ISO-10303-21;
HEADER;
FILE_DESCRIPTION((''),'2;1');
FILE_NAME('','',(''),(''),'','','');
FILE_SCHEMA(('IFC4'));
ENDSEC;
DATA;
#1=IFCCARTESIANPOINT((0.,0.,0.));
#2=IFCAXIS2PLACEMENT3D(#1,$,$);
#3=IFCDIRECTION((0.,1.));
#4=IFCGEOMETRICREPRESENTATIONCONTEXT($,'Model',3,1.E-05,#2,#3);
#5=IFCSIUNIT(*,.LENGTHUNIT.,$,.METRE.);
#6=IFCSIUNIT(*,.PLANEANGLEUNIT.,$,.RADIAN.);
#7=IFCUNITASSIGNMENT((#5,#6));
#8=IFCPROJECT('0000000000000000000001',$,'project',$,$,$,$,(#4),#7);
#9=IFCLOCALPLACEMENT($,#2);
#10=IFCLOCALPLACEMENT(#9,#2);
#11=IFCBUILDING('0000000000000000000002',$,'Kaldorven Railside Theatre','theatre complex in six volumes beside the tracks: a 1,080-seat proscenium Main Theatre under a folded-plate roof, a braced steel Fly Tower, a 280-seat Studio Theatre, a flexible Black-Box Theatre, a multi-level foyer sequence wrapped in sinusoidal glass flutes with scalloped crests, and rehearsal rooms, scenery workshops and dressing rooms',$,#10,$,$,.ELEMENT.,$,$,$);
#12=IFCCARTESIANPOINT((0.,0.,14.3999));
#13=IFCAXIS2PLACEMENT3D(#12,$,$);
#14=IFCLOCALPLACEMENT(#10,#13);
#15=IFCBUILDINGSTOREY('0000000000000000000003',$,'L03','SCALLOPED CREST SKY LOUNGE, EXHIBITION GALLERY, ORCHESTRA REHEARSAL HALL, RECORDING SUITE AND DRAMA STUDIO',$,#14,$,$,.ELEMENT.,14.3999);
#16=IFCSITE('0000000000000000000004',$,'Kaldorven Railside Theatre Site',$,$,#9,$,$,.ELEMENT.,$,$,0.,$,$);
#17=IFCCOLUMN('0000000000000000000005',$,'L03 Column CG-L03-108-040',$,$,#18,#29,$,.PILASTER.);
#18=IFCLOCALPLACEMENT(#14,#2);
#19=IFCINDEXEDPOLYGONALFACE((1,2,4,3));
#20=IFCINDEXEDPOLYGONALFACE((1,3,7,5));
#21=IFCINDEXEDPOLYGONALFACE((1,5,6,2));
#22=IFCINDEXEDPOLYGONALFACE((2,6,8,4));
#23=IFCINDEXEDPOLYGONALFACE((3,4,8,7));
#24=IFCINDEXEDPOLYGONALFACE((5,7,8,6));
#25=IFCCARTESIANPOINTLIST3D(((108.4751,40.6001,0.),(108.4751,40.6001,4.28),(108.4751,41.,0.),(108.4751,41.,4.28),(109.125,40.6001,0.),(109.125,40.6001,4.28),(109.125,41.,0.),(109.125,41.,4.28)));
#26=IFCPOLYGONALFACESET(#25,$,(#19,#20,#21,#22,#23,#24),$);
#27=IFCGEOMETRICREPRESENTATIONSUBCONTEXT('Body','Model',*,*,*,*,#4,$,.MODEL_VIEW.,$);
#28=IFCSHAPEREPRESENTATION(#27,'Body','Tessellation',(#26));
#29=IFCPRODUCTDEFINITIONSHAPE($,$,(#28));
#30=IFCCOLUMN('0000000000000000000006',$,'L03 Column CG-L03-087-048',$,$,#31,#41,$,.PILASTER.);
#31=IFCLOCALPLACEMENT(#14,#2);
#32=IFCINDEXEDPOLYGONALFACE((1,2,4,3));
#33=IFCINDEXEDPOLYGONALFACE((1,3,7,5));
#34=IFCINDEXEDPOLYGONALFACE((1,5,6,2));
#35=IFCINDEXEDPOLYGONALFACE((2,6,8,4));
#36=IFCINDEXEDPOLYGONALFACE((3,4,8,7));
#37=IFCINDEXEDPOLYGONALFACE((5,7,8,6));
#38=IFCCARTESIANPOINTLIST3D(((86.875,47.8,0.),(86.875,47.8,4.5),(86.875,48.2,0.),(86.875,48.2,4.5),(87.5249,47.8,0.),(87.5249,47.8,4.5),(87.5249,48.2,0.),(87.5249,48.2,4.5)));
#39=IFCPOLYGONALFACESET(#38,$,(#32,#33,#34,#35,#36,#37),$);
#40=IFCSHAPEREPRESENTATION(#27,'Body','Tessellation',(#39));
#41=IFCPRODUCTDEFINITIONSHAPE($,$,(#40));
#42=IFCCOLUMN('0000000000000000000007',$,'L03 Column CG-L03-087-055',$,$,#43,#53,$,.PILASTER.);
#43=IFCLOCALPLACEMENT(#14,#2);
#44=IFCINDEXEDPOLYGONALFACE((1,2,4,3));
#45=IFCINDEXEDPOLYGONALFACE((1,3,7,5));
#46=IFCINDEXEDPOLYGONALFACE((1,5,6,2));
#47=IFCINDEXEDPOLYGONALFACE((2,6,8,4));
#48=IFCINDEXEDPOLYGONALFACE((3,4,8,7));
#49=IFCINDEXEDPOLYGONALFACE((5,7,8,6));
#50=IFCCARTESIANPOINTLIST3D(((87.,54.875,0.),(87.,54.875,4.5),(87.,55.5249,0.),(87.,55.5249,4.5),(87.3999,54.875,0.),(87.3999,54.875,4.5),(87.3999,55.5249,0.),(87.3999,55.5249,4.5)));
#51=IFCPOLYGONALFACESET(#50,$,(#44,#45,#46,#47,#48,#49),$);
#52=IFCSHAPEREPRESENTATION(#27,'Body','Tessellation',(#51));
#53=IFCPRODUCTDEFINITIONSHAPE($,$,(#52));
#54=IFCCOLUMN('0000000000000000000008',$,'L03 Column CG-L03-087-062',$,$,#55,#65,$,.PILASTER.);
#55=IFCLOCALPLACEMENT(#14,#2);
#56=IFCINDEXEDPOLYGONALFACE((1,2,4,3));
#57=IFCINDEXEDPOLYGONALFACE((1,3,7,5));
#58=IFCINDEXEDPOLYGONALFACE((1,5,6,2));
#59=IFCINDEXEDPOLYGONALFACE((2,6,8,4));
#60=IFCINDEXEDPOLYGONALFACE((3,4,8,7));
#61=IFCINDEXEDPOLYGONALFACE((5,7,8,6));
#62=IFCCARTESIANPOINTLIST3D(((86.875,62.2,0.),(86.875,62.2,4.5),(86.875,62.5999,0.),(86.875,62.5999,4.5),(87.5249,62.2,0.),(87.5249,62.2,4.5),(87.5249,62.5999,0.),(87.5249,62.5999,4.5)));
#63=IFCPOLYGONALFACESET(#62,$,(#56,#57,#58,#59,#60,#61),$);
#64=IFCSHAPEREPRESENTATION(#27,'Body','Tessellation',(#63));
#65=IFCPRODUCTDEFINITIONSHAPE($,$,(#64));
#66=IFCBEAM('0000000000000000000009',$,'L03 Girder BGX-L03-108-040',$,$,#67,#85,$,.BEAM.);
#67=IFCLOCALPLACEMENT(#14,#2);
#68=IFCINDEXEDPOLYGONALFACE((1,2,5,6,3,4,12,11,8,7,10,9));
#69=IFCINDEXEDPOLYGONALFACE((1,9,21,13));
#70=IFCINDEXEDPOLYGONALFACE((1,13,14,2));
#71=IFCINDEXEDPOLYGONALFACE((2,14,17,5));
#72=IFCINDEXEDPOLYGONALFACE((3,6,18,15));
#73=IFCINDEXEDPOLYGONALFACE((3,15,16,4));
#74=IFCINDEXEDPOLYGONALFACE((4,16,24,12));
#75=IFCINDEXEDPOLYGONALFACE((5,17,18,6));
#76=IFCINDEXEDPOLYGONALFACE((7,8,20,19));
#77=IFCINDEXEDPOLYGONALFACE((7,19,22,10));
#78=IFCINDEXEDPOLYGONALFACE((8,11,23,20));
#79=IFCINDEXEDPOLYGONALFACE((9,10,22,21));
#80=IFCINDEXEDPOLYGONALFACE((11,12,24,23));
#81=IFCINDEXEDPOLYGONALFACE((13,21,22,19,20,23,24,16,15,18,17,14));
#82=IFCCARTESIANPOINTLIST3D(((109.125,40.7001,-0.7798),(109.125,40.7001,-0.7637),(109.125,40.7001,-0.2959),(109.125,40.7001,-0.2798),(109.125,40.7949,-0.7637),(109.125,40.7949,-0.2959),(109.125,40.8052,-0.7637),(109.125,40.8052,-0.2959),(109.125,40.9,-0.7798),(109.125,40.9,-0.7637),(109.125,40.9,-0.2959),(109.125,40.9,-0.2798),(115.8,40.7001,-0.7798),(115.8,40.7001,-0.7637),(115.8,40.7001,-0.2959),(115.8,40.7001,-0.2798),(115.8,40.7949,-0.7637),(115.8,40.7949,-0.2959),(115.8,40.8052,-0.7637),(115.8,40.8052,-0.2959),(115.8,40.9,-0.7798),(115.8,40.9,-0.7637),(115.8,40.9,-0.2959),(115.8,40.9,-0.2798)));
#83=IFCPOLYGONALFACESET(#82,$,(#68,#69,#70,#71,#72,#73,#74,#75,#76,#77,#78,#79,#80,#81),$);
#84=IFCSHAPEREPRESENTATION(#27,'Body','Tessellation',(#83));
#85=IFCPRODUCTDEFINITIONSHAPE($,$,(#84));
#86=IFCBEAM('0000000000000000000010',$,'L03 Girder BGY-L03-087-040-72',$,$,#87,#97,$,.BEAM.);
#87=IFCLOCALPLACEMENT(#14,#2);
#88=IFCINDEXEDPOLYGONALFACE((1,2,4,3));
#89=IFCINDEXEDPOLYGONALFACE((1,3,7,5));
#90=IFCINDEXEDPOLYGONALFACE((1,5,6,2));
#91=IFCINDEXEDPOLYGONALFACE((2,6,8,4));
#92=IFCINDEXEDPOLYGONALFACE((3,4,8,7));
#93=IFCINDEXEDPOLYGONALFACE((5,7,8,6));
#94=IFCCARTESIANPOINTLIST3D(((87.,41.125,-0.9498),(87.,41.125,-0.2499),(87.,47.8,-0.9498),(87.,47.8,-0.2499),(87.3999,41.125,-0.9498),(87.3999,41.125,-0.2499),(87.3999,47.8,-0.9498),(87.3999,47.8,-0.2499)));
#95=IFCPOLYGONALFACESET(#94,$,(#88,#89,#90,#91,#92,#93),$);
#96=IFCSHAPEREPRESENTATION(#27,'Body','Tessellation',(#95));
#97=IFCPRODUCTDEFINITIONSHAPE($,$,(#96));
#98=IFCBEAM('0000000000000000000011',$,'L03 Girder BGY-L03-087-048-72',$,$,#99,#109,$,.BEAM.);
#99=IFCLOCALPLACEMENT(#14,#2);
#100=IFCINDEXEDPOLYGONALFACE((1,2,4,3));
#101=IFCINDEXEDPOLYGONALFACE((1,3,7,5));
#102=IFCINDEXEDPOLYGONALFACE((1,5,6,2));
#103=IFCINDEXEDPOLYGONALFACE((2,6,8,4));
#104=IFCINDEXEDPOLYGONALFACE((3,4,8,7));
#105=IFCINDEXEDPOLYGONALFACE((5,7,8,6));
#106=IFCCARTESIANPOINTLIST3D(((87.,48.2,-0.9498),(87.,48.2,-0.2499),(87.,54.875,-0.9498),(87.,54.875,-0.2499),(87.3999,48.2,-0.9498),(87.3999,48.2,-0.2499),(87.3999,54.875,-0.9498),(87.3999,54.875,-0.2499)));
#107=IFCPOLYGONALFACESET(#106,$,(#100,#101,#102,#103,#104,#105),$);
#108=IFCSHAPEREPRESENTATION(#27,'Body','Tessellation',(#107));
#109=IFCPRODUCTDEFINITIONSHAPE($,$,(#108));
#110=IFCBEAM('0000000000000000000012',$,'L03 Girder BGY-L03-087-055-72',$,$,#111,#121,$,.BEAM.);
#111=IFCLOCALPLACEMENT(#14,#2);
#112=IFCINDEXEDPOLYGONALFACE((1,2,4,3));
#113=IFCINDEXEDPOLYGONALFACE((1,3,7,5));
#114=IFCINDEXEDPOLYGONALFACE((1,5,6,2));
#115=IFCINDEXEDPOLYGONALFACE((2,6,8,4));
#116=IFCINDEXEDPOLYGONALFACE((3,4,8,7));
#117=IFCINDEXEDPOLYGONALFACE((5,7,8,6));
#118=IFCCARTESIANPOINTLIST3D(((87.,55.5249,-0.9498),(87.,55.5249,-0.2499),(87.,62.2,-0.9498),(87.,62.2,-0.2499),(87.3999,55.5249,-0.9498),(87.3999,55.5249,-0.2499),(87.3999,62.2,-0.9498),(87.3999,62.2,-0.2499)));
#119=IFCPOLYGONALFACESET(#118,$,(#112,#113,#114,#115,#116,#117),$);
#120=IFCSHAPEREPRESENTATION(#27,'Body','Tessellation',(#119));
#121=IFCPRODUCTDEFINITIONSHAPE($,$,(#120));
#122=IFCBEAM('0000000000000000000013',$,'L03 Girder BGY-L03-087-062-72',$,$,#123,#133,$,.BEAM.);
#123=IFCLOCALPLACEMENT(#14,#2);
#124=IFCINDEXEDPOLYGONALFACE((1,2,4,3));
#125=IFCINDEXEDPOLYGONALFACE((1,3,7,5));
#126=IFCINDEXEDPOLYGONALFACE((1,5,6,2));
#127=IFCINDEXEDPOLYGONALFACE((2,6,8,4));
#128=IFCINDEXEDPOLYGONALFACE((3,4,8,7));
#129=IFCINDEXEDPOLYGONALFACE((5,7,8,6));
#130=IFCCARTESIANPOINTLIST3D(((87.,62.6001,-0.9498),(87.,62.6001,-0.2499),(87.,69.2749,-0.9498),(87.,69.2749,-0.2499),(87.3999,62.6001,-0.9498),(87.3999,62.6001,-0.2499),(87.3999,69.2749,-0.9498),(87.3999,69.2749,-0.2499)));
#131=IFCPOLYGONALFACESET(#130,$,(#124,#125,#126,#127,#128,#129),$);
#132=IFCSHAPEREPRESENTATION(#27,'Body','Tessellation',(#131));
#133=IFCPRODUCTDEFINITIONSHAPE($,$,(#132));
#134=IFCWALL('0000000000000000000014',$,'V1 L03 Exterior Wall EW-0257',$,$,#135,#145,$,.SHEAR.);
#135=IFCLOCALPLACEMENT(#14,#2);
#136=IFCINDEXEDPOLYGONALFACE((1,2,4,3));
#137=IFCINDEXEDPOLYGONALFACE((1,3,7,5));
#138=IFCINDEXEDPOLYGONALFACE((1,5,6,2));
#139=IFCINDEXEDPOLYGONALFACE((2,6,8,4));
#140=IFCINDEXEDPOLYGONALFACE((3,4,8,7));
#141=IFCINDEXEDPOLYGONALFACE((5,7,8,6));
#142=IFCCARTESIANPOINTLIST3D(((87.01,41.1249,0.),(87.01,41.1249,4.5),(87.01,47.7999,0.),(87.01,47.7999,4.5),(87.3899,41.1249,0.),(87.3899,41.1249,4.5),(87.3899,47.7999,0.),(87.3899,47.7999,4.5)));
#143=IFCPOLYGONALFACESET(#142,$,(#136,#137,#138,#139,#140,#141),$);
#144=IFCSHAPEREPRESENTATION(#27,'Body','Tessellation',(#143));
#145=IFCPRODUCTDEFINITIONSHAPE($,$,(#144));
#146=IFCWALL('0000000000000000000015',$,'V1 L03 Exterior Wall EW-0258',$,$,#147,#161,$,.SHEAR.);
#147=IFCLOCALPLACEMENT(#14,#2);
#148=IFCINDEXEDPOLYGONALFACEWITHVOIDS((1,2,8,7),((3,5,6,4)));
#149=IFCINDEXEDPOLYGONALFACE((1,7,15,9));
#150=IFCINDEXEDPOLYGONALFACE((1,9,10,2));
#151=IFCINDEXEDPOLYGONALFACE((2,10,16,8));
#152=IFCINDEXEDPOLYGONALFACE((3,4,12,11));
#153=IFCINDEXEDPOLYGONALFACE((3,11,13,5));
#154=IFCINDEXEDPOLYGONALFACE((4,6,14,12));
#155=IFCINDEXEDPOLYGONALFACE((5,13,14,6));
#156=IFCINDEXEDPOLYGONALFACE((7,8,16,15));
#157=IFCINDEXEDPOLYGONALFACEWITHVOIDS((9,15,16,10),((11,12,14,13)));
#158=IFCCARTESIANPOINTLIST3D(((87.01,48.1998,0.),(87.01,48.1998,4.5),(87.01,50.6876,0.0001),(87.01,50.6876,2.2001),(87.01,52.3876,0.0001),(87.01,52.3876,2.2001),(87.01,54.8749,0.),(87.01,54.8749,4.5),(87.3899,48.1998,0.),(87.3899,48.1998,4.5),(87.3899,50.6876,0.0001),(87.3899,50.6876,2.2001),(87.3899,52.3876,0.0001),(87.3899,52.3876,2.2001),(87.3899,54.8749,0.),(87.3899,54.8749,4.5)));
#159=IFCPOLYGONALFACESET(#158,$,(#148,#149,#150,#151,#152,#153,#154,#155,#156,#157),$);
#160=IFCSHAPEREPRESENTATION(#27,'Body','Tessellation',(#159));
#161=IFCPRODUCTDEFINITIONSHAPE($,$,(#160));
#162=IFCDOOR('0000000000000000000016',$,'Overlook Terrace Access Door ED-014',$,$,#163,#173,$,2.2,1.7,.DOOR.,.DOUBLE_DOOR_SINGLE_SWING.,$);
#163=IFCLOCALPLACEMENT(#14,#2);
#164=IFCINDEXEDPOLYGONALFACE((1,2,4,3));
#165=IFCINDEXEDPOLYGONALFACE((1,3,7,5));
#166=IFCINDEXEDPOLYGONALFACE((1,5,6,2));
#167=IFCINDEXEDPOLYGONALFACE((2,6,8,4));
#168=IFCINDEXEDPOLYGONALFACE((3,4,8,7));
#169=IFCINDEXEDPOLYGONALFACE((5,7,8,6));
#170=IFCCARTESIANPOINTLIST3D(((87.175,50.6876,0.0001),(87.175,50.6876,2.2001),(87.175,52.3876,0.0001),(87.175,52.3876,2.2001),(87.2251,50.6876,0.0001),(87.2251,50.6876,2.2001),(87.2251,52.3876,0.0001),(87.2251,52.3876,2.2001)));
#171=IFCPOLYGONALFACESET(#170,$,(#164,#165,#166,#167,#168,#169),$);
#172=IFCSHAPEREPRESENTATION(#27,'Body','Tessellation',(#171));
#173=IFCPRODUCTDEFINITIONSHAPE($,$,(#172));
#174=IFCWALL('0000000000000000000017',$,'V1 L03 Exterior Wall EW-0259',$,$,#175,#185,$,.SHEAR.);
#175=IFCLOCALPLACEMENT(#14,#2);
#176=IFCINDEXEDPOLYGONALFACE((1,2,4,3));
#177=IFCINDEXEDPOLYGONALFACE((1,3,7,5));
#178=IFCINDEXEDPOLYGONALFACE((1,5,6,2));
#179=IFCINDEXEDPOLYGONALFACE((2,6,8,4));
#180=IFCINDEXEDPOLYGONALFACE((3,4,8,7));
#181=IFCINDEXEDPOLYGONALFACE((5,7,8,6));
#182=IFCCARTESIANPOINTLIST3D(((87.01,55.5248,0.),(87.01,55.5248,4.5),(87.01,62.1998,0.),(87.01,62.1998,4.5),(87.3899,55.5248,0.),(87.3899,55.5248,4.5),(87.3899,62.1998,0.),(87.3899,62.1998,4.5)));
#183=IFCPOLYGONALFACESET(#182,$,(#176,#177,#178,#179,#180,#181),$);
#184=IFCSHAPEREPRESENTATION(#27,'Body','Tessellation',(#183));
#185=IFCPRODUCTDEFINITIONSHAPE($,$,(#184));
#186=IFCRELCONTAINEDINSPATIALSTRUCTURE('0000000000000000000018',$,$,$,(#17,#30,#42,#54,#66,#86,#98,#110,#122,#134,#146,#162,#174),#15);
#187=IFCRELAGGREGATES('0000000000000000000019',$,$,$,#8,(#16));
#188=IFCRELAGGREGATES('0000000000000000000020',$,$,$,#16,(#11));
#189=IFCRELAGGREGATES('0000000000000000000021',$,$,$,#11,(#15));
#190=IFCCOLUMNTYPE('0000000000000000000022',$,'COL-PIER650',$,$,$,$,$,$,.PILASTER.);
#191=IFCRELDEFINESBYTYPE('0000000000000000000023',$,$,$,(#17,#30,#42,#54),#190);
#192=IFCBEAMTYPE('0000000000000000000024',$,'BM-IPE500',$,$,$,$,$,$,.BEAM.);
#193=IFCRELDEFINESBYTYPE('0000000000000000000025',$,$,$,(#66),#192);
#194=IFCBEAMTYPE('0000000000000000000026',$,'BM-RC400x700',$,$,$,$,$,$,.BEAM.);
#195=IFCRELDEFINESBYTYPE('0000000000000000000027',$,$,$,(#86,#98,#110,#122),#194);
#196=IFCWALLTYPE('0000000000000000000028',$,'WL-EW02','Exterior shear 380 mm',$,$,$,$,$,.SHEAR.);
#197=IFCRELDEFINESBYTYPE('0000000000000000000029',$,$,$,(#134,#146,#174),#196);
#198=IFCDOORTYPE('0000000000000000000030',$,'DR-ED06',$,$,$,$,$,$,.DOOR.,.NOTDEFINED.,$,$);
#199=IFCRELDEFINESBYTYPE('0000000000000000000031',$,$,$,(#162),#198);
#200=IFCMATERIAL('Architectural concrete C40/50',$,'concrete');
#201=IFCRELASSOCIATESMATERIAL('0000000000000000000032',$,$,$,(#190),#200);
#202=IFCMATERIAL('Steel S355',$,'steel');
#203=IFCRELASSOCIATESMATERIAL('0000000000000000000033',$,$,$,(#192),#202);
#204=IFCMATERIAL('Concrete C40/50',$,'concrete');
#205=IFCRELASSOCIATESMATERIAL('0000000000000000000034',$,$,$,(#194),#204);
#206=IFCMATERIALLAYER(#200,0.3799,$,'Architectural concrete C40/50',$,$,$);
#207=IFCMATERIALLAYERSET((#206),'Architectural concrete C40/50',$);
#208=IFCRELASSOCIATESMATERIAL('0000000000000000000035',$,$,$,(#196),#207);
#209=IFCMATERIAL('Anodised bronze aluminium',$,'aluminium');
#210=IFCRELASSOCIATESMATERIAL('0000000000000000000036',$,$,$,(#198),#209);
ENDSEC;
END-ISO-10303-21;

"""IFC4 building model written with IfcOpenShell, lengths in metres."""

from ifc_helpers import new_model, si_unit, direction, frame, frame_2d, origin, origin_2d, place, context, subcontext, project, spatial, rectangle, i_section, extrude, material, layer, layer_set, material_profile, profile_set, type_object, element, fill, save


model = new_model("IFC4")

# Units and contexts
model_context = context("Model", 3, precision=1e-05, world=origin(), true_north=direction((0.0, 1.0)))
body_context = subcontext(model_context, "Body", "Model", "MODEL_VIEW")
ifc_project = project(units=[si_unit("LENGTHUNIT", "METRE"), si_unit("PLANEANGLEUNIT", "RADIAN")], contexts=[model_context])

# Site, building, storey
site_placement = place(None, origin())
site = spatial("IfcSite", under=ifc_project, at=site_placement, Name="Kaldorven Railside Theatre Site", CompositionType="ELEMENT", RefElevation=0.0)
building_placement = place(site_placement, origin())
building = spatial("IfcBuilding", under=site, at=building_placement, Name="Kaldorven Railside Theatre", Description="theatre complex in six volumes beside the tracks: a 1,080-seat proscenium Main Theatre under a folded-plate roof, a braced steel Fly Tower, a 280-seat Studio Theatre, a flexible Black-Box Theatre, a multi-level foyer sequence wrapped in sinusoidal glass flutes with scalloped crests, and rehearsal rooms, scenery workshops and dressing rooms", CompositionType="ELEMENT")
storey_placement = place(building_placement, frame((0.0, 0.0, 14.3999)))
storey = spatial("IfcBuildingStorey", under=building, at=storey_placement, Name="L03", Description="SCALLOPED CREST SKY LOUNGE, EXHIBITION GALLERY, ORCHESTRA REHEARSAL HALL, RECORDING SUITE AND DRAMA STUDIO", CompositionType="ELEMENT", Elevation=14.3999)

# Columns
ifc_material_1 = material(Name="Architectural concrete C40/50", Category="concrete")
ifc_material_profile_1 = material_profile(ifc_material_1, rectangle(XDim=0.3999, YDim=0.6499, at=origin_2d()), Name="RC 400x650")
ifc_profile_set_1 = profile_set([ifc_material_profile_1], Name="Architectural concrete C40/50")
column_type = type_object("IfcColumnType", Name="COL-PIER650", PredefinedType="PILASTER", material=ifc_profile_set_1)
column_placement = place(storey_placement, frame((108.8, 40.8, 0.0), z_axis=(0.0, 0.0, 1.0), x_axis=(0.0, 1.0, 0.0)))
element("IfcColumn", 1, at=column_placement, inside=storey, type_object=column_type, Name="L03 Column CG-L03-108-040", PredefinedType="PILASTER", context=body_context, shape_type="SweptSolid", body=[
    extrude(rectangle(XDim=0.3999, YDim=0.6499, at=origin_2d()), origin(), (0.0, 0.0, 1.0), 4.28),
])
for number, where, z_axis, x_axis, name in (
    (2, (87.2, 48.0, 0.0), (0.0, 0.0, 1.0), (0.0, 1.0, 0.0), "L03 Column CG-L03-087-048"),
    (3, (87.2, 55.2, 0.0), (0.0, 0.0, 1.0), (1.0, 0.0, 0.0), "L03 Column CG-L03-087-055"),
    (4, (87.2, 62.3999, 0.0), (0.0, 0.0, 1.0), (0.0, 1.0, 0.0), "L03 Column CG-L03-087-062"),
):
    element("IfcColumn", number, at=place(storey_placement, frame(where, z_axis=z_axis, x_axis=x_axis)), inside=storey, type_object=column_type, Name=name, PredefinedType="PILASTER", context=body_context, shape_type="SweptSolid", body=[
        extrude(rectangle(XDim=0.3999, YDim=0.6499, at=origin_2d()), origin(), (0.0, 0.0, 1.0), 4.5),
    ])

# Beams
ifc_material_2 = material(Name="Steel S355", Category="steel")
ifc_material_profile_2 = material_profile(ifc_material_2, i_section(OverallWidth=0.2, OverallDepth=0.5, WebThickness=0.0103, FlangeThickness=0.0161, at=origin_2d()), Name="IPE 500")
ifc_profile_set_2 = profile_set([ifc_material_profile_2], Name="Steel S355")
beam_type_1 = type_object("IfcBeamType", Name="BM-IPE500", PredefinedType="BEAM", material=ifc_profile_set_2)
beam_1_placement = place(storey_placement, frame((109.125, 40.8, -0.5298), z_axis=(1.0, 0.0, 0.0), x_axis=(0.0, 1.0, 0.0)))
element("IfcBeam", 5, at=beam_1_placement, inside=storey, type_object=beam_type_1, Name="L03 Girder BGX-L03-108-040", PredefinedType="BEAM", context=body_context, shape_type="SweptSolid", body=[
    extrude(i_section(OverallWidth=0.2, OverallDepth=0.5, WebThickness=0.0103, FlangeThickness=0.0161, at=origin_2d()), origin(), (0.0, 0.0, 1.0), 6.675),
])
ifc_material_3 = material(Name="Concrete C40/50", Category="concrete")
ifc_material_profile_3 = material_profile(ifc_material_3, rectangle(XDim=0.3999, YDim=0.7, at=origin_2d()), Name="RC 400x700")
ifc_profile_set_3 = profile_set([ifc_material_profile_3], Name="Concrete C40/50")
beam_type_2 = type_object("IfcBeamType", Name="BM-RC400x700", PredefinedType="BEAM", material=ifc_profile_set_3)
for number, where, z_axis, x_axis, name in (
    (6, (87.2, 41.125, -0.5999), (0.0, 1.0, 0.0), (-1.0, 0.0, 0.0), "L03 Girder BGY-L03-087-040-72"),
    (7, (87.2, 48.2, -0.5999), (0.0, 1.0, 0.0), (-1.0, 0.0, 0.0), "L03 Girder BGY-L03-087-048-72"),
    (8, (87.2, 55.5249, -0.5999), (0.0, 1.0, 0.0), (-1.0, 0.0, 0.0), "L03 Girder BGY-L03-087-055-72"),
):
    element("IfcBeam", number, at=place(storey_placement, frame(where, z_axis=z_axis, x_axis=x_axis)), inside=storey, type_object=beam_type_2, Name=name, PredefinedType="BEAM", context=body_context, shape_type="SweptSolid", body=[
        extrude(rectangle(XDim=0.3999, YDim=0.7, at=origin_2d()), origin(), (0.0, 0.0, 1.0), 6.675),
    ])
beam_2_placement = place(storey_placement, frame((87.2, 62.6001, -0.5999), z_axis=(0.0, 1.0, 0.0), x_axis=(-1.0, 0.0, 0.0)))
element("IfcBeam", 9, at=beam_2_placement, inside=storey, type_object=beam_type_2, Name="L03 Girder BGY-L03-087-062-72", PredefinedType="BEAM", context=body_context, shape_type="SweptSolid", body=[
    extrude(rectangle(XDim=0.3999, YDim=0.7, at=origin_2d()), origin(), (0.0, 0.0, 1.0), 6.6748),
])

# Wall
ifc_layer_1 = layer(ifc_material_1, 0.3799, Name="Architectural concrete C40/50")
ifc_layer_set_1 = layer_set([ifc_layer_1], Name="Architectural concrete C40/50")
wall_type_1 = type_object("IfcWallType", Name="WL-EW02", Description="Exterior shear 380 mm", PredefinedType="SHEAR", material=ifc_layer_set_1)
wall_1_placement = place(storey_placement, frame((87.2, 41.125, 0.0), z_axis=(0.0, 0.0, 1.0), x_axis=(0.0, 1.0, 0.0)))
element("IfcWall", 10, at=wall_1_placement, inside=storey, type_object=wall_type_1, Name="V1 L03 Exterior Wall EW-0257", PredefinedType="SHEAR", context=body_context, shape_type="SweptSolid", body=[
    extrude(rectangle(XDim=6.675, YDim=0.3799, at=frame_2d((3.3374, 0.0))), origin(), (0.0, 0.0, 1.0), 4.5),
])

# Wall, opening, door
wall_2_placement = place(storey_placement, frame((87.2, 48.2, 0.0), z_axis=(0.0, 0.0, 1.0), x_axis=(0.0, 1.0, 0.0)))
wall_2 = element("IfcWall", 11, at=wall_2_placement, inside=storey, type_object=wall_type_1, Name="V1 L03 Exterior Wall EW-0258", PredefinedType="SHEAR", context=body_context, shape_type="SweptSolid", body=[
    extrude(rectangle(XDim=6.675, YDim=0.3799, at=frame_2d((3.3374, 0.0))), origin(), (0.0, 0.0, 1.0), 4.5),
])
opening_1_placement = place(wall_2_placement, frame((2.4875, 0.0, 0.0)))
opening_1 = element("IfcOpeningElement", 12, at=opening_1_placement, cuts=wall_2, PredefinedType="OPENING", context=body_context, shape_type="SweptSolid", body=[
    extrude(rectangle(XDim=1.7, YDim=2.2, at=frame_2d((0.8501, 1.1001))), frame((0.0, 0.2, 0.0), z_axis=(0.0, -1.0, 0.0), x_axis=(1.0, 0.0, 0.0)), (0.0, 0.0, 1.0), 0.3999),
])
ifc_material_4 = material(Name="Anodised bronze aluminium", Category="aluminium")
door_type_1 = type_object("IfcDoorType", Name="DR-ED06", OperationType="NOTDEFINED", PredefinedType="DOOR", material=ifc_material_4)
door_1_placement = place(opening_1_placement, origin())
door_1 = element("IfcDoor", 13, at=door_1_placement, inside=storey, type_object=door_type_1, Name="Overlook Terrace Access Door ED-014", OperationType="DOUBLE_DOOR_SINGLE_SWING", OverallHeight=2.2, OverallWidth=1.7, PredefinedType="DOOR", context=body_context, shape_type="SweptSolid", body=[
    extrude(rectangle(XDim=1.7, YDim=2.2, at=frame_2d((0.8501, 1.1001))), frame((0.0, 0.0249, 0.0), z_axis=(0.0, -1.0, 0.0), x_axis=(1.0, 0.0, 0.0)), (0.0, 0.0, 1.0), 0.05),
])
fill(opening_1, door_1)

# Wall
wall_3_placement = place(storey_placement, frame((87.2, 55.5249, 0.0), z_axis=(0.0, 0.0, 1.0), x_axis=(0.0, 1.0, 0.0)))
element("IfcWall", 14, at=wall_3_placement, inside=storey, type_object=wall_type_1, Name="V1 L03 Exterior Wall EW-0259", PredefinedType="SHEAR", context=body_context, shape_type="SweptSolid", body=[
    extrude(rectangle(XDim=6.675, YDim=0.3799, at=frame_2d((3.3374, 0.0))), origin(), (0.0, 0.0, 1.0), 4.5),
])

save(model, "model.ifc")
